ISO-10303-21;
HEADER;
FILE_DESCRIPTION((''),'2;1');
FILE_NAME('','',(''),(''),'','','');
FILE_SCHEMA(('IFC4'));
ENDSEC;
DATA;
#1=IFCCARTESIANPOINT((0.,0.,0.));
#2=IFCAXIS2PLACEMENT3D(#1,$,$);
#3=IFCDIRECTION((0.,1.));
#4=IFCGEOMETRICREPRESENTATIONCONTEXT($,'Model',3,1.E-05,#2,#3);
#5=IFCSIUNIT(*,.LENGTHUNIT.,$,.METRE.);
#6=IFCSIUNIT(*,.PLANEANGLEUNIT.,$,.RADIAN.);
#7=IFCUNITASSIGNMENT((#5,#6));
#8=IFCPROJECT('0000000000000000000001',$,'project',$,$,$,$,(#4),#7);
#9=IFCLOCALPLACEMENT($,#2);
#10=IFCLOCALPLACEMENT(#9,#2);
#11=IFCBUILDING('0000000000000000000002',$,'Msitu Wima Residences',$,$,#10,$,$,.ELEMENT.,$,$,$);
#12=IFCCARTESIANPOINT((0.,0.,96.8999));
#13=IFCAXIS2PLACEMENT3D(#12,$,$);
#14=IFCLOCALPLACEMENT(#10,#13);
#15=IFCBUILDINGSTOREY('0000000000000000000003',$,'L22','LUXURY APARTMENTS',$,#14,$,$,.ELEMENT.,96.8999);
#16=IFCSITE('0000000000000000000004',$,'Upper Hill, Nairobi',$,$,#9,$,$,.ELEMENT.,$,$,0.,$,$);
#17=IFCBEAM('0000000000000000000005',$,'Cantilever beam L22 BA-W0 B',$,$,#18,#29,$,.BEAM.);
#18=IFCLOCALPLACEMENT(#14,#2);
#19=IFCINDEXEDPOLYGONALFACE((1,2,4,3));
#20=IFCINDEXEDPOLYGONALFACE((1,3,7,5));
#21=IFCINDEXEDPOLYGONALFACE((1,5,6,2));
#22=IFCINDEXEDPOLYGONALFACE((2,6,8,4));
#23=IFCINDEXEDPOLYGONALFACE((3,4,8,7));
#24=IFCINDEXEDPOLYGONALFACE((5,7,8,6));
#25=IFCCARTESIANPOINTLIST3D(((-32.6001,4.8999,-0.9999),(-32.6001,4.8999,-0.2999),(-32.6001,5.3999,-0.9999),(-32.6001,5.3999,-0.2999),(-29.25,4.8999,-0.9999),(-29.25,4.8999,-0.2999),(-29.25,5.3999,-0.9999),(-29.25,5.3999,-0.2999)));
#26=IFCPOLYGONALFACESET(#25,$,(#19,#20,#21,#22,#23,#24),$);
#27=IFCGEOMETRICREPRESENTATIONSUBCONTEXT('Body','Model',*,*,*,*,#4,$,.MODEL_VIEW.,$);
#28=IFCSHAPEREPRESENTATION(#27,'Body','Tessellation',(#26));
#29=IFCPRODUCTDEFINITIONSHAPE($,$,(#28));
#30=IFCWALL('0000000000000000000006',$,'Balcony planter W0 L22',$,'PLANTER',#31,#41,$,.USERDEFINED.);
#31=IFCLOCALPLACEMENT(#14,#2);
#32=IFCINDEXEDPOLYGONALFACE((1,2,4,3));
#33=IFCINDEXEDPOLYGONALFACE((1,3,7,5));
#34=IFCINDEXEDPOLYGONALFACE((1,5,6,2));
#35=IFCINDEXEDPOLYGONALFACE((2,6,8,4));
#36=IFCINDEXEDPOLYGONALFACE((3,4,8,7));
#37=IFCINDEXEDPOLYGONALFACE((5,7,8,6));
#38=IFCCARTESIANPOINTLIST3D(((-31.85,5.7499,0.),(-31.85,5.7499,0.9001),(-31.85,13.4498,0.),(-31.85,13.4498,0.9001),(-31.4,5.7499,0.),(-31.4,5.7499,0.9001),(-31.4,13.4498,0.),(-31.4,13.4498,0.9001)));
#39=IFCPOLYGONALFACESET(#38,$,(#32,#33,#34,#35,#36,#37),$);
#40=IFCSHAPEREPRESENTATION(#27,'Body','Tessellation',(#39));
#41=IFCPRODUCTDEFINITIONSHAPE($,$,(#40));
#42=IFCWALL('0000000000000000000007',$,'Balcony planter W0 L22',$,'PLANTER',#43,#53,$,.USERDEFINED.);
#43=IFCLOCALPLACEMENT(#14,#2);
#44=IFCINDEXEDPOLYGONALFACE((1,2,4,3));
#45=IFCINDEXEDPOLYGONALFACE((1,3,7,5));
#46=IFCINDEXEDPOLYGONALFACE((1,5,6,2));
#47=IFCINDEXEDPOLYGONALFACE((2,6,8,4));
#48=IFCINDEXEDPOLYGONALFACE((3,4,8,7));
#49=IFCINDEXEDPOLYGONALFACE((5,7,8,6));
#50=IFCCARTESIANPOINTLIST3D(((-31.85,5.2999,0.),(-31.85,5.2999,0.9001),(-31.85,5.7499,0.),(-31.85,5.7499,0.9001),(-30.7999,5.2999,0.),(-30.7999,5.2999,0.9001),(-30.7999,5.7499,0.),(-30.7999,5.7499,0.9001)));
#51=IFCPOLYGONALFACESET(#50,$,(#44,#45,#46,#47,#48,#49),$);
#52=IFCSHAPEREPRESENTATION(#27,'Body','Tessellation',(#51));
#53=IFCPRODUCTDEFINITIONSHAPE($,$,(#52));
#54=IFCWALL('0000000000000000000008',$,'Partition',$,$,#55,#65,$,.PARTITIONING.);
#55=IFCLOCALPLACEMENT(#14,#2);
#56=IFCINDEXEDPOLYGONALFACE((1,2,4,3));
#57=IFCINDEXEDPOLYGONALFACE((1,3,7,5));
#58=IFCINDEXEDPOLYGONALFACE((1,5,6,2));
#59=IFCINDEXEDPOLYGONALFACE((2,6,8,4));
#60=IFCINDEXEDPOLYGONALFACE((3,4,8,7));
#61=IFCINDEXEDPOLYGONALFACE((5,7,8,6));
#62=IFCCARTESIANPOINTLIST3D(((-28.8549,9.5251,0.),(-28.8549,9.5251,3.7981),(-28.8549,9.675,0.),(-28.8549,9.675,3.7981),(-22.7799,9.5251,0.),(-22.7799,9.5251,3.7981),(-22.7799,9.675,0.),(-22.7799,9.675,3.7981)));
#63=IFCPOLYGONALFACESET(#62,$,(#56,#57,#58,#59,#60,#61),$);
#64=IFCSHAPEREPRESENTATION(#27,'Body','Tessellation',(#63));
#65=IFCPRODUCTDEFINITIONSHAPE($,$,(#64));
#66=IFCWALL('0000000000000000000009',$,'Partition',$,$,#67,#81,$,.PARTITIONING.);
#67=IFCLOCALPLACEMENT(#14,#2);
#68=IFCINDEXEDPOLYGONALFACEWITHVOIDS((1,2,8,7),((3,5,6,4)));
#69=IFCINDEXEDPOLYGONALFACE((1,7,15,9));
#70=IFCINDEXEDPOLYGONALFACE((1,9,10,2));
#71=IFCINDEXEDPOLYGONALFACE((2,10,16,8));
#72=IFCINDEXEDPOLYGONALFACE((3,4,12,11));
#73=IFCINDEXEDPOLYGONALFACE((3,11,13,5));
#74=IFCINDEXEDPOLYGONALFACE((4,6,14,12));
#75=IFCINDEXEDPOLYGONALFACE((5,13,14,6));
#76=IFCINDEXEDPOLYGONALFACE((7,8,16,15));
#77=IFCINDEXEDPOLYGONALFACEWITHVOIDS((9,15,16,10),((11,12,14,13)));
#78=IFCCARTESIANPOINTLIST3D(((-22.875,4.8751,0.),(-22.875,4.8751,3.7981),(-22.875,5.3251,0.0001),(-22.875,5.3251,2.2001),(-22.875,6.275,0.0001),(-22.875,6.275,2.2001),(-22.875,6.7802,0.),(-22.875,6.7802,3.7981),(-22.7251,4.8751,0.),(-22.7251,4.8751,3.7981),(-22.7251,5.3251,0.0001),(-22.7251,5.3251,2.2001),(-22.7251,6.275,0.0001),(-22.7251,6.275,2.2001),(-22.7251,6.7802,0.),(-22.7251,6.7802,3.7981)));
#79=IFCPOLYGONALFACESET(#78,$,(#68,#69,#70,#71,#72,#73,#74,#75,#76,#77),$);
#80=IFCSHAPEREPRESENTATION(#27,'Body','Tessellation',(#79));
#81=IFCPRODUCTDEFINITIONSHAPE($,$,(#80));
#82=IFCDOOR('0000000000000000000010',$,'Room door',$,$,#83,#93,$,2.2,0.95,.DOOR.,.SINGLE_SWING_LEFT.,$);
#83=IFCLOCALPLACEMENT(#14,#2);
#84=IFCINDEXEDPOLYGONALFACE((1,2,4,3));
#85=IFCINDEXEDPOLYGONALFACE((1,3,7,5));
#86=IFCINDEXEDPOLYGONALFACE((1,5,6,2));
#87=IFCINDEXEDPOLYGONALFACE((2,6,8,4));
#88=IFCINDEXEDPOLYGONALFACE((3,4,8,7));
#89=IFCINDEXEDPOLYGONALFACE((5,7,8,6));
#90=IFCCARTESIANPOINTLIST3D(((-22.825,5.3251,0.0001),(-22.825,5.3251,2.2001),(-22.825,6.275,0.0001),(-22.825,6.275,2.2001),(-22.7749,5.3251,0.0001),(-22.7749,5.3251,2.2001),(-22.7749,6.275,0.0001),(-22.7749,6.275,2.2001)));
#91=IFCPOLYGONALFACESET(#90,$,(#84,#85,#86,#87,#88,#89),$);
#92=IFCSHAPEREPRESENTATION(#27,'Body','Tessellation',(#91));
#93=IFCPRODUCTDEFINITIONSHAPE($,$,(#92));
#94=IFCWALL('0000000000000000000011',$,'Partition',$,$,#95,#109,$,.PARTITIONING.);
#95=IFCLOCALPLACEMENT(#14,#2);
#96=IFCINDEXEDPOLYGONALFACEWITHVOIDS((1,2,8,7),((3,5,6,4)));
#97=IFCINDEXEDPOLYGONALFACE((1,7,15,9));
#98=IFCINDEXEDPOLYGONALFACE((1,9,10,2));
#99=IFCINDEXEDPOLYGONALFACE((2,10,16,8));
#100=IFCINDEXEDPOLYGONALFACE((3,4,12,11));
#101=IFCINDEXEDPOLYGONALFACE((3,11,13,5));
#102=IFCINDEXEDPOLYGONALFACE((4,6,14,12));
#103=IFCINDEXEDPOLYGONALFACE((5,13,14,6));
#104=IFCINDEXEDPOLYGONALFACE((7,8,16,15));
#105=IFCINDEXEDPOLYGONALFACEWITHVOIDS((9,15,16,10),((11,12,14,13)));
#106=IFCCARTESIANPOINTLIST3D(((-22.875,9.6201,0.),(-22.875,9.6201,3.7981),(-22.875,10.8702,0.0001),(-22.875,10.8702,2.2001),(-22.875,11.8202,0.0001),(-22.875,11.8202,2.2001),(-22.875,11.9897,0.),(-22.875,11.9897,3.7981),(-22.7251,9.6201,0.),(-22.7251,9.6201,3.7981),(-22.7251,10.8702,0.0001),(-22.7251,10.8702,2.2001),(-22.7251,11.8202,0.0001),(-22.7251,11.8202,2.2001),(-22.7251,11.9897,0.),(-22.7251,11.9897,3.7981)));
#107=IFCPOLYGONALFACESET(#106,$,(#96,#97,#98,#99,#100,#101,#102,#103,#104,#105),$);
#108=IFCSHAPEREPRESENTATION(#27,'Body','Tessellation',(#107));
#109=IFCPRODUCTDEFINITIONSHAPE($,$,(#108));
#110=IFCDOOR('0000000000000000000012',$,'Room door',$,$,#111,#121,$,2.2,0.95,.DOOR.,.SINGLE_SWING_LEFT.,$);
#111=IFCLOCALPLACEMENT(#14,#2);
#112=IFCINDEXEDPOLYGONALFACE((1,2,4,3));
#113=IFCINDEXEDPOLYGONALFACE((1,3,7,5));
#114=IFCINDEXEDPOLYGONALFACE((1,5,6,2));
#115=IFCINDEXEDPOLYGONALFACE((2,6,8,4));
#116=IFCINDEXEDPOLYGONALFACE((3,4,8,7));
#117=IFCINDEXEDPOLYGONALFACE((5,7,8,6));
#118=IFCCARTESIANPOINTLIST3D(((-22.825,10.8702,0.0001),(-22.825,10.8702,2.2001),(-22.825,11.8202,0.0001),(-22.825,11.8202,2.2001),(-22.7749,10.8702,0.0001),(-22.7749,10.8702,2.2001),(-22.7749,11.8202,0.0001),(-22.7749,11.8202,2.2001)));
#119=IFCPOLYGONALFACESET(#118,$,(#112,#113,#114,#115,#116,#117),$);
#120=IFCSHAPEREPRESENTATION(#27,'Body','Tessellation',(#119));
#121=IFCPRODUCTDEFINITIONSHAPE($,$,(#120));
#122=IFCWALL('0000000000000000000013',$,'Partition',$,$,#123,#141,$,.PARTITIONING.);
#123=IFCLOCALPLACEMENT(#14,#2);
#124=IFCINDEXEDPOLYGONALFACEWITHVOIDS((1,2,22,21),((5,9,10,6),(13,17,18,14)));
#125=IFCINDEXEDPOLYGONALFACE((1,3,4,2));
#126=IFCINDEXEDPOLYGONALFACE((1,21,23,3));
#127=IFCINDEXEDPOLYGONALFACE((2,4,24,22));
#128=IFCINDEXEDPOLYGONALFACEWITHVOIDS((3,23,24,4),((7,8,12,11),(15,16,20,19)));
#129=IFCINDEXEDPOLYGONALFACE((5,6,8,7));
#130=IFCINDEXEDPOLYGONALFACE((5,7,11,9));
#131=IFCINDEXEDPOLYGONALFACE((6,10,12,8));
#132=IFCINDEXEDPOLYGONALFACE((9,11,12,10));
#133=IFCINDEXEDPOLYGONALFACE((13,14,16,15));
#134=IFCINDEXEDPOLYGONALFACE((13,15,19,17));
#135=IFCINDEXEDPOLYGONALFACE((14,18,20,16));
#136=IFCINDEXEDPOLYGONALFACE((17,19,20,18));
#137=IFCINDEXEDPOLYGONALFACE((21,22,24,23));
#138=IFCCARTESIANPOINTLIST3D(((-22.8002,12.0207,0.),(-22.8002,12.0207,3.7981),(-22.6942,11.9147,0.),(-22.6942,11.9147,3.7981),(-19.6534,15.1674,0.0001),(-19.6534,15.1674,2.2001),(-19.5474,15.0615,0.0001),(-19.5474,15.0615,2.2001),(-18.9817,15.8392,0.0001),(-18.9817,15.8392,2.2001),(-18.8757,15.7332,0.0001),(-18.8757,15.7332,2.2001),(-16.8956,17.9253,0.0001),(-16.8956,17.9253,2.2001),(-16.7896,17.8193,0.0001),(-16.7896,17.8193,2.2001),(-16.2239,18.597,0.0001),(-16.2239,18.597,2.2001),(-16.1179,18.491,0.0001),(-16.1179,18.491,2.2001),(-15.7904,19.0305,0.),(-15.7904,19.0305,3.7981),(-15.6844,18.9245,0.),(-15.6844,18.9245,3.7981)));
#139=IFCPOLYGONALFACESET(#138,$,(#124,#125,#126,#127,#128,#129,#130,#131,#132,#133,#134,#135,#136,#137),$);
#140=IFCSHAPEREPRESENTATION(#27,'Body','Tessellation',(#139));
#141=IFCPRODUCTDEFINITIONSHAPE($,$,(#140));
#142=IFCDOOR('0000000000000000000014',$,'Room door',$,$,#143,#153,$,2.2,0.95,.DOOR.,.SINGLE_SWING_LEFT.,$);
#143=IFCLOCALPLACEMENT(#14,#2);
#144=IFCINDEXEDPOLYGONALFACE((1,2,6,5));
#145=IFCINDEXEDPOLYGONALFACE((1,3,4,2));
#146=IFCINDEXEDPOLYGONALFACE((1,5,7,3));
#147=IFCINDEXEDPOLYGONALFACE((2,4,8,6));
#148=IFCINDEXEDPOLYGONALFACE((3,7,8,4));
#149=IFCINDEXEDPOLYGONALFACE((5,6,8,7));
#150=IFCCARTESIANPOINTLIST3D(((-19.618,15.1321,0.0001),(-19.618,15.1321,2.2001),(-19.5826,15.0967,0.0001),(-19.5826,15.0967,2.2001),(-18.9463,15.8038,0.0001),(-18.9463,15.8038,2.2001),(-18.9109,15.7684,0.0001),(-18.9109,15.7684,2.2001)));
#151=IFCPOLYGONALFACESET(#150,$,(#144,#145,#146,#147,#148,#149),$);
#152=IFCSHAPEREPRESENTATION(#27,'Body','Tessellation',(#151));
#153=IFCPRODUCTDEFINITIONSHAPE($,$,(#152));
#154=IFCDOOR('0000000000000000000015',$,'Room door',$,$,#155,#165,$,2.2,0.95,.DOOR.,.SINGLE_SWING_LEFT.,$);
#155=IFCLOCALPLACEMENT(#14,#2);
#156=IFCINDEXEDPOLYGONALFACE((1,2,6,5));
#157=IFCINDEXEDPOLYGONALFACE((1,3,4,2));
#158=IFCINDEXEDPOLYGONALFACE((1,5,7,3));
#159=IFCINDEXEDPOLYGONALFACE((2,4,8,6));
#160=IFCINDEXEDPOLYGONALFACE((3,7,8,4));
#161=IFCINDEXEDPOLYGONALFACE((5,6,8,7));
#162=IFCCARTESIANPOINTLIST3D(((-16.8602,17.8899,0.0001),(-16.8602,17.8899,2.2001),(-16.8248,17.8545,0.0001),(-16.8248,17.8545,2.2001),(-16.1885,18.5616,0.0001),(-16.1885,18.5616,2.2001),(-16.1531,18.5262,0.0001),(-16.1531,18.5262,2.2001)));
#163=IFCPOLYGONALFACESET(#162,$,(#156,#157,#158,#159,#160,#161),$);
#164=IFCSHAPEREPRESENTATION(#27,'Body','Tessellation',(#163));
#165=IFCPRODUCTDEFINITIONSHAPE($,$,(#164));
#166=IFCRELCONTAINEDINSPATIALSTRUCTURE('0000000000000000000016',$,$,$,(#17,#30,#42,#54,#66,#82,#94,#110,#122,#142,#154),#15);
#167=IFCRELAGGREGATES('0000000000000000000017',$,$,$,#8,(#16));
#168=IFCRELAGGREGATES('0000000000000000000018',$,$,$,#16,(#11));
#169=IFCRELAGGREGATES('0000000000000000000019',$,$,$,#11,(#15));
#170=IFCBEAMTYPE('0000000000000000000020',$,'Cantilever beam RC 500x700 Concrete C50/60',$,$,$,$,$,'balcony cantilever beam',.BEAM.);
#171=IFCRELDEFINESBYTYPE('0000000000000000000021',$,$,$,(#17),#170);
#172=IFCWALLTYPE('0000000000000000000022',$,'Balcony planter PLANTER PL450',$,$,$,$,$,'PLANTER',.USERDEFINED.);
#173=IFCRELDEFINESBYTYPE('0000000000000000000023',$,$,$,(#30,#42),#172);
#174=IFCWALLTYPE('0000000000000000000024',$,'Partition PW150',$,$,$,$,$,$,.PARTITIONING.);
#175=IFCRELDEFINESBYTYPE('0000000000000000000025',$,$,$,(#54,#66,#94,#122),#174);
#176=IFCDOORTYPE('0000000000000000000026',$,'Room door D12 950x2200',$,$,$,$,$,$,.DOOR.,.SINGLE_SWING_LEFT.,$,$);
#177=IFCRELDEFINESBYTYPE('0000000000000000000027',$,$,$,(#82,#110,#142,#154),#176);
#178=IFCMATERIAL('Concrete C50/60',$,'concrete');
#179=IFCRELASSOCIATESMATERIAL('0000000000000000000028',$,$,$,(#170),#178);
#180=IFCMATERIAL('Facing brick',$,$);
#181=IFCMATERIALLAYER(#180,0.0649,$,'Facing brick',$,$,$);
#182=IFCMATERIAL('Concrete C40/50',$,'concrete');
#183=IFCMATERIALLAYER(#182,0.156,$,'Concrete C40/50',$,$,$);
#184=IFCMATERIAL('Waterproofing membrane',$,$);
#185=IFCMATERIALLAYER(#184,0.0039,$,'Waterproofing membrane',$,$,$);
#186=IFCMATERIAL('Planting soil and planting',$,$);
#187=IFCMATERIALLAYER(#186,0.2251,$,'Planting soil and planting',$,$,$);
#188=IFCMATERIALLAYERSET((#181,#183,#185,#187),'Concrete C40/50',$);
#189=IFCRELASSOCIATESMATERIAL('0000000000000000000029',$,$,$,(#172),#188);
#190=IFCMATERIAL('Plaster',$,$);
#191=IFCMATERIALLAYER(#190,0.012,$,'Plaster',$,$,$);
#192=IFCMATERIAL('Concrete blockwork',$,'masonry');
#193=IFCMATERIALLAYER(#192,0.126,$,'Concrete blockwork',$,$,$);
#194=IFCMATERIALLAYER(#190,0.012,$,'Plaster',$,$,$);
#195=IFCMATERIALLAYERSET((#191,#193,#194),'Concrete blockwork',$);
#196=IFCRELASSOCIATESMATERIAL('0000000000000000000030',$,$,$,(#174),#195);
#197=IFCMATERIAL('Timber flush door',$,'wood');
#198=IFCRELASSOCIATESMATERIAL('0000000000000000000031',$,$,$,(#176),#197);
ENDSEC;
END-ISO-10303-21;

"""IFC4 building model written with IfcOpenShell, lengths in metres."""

from ifc_helpers import new_model, si_unit, direction, frame, frame_2d, origin, origin_2d, place, context, subcontext, project, spatial, rectangle, extrude, material, layer, layer_set, material_profile, profile_set, type_object, element, fill, save


model = new_model("IFC4")

# Units and contexts
model_context = context("Model", 3, precision=1e-05, world=origin(), true_north=direction((0.0, 1.0)))
body_context = subcontext(model_context, "Body", "Model", "MODEL_VIEW")
ifc_project = project(units=[si_unit("LENGTHUNIT", "METRE"), si_unit("PLANEANGLEUNIT", "RADIAN")], contexts=[model_context])

# Site, building, storey
site_placement = place(None, origin())
site = spatial("IfcSite", under=ifc_project, at=site_placement, Name="Upper Hill, Nairobi", CompositionType="ELEMENT", RefElevation=0.0)
building_placement = place(site_placement, origin())
building = spatial("IfcBuilding", under=site, at=building_placement, Name="Msitu Wima Residences", CompositionType="ELEMENT")
storey_placement = place(building_placement, frame((0.0, 0.0, 96.8999)))
storey = spatial("IfcBuildingStorey", under=building, at=storey_placement, Name="L22", Description="LUXURY APARTMENTS", CompositionType="ELEMENT", Elevation=96.8999)

# Beam
ifc_material_1 = material(Name="Concrete C50/60", Category="concrete")
ifc_material_profile = material_profile(ifc_material_1, rectangle(XDim=0.5, YDim=0.7, at=origin_2d()), Name="RC 500x700")
ifc_profile_set = profile_set([ifc_material_profile], Name="Concrete C50/60")
beam_type = type_object("IfcBeamType", Name="Cantilever beam RC 500x700 Concrete C50/60", ElementType="balcony cantilever beam", PredefinedType="BEAM", material=ifc_profile_set)
beam_placement = place(storey_placement, frame((-29.25, 5.1499, -0.6499), z_axis=(-1.0, 0.0, 0.0), x_axis=(0.0, -1.0, 0.0)))
element("IfcBeam", 1, at=beam_placement, inside=storey, type_object=beam_type, Name="Cantilever beam L22 BA-W0 B", PredefinedType="BEAM", context=body_context, shape_type="SweptSolid", body=[
    extrude(rectangle(XDim=0.5, YDim=0.7, at=origin_2d()), origin(), (0.0, 0.0, 1.0), 3.3501),
])

# Walls
ifc_material_2 = material(Name="Facing brick")
ifc_layer_1 = layer(ifc_material_2, 0.0649, Name="Facing brick")
ifc_material_3 = material(Name="Concrete C40/50", Category="concrete")
ifc_layer_2 = layer(ifc_material_3, 0.156, Name="Concrete C40/50")
ifc_material_4 = material(Name="Waterproofing membrane")
ifc_layer_3 = layer(ifc_material_4, 0.0039, Name="Waterproofing membrane")
ifc_material_5 = material(Name="Planting soil and planting")
ifc_layer_4 = layer(ifc_material_5, 0.2251, Name="Planting soil and planting")
ifc_layer_set_1 = layer_set([ifc_layer_1, ifc_layer_2, ifc_layer_3, ifc_layer_4], Name="Concrete C40/50")
wall_type_1 = type_object("IfcWallType", Name="Balcony planter PLANTER PL450", ElementType="PLANTER", PredefinedType="USERDEFINED", material=ifc_layer_set_1)
wall_1_placement = place(storey_placement, frame((-31.625, 13.45, 0.0), z_axis=(0.0, 0.0, 1.0), x_axis=(0.0, -1.0, 0.0)))
element("IfcWall", 2, at=wall_1_placement, inside=storey, type_object=wall_type_1, Name="Balcony planter W0 L22", ObjectType="PLANTER", PredefinedType="USERDEFINED", context=body_context, shape_type="SweptSolid", body=[
    extrude(rectangle(XDim=7.7, YDim=0.45, at=frame_2d((3.8501, 0.0))), origin(), (0.0, 0.0, 1.0), 0.9001),
])
wall_2_placement = place(storey_placement, frame((-30.8, 5.5249, 0.0), z_axis=(0.0, 0.0, 1.0), x_axis=(-1.0, 0.0, 0.0)))
element("IfcWall", 3, at=wall_2_placement, inside=storey, type_object=wall_type_1, Name="Balcony planter W0 L22", ObjectType="PLANTER", PredefinedType="USERDEFINED", context=body_context, shape_type="SweptSolid", body=[
    extrude(rectangle(XDim=1.05, YDim=0.45, at=frame_2d((0.5249, 0.0))), origin(), (0.0, 0.0, 1.0), 0.9001),
])
ifc_material_6 = material(Name="Plaster")
ifc_layer_5 = layer(ifc_material_6, 0.012, Name="Plaster")
ifc_material_7 = material(Name="Concrete blockwork", Category="masonry")
ifc_layer_6 = layer(ifc_material_7, 0.126, Name="Concrete blockwork")
ifc_layer_7 = layer(ifc_material_6, 0.012, Name="Plaster")
ifc_layer_set_2 = layer_set([ifc_layer_5, ifc_layer_6, ifc_layer_7], Name="Concrete blockwork")
wall_type_2 = type_object("IfcWallType", Name="Partition PW150", PredefinedType="PARTITIONING", material=ifc_layer_set_2)
wall_3_placement = place(storey_placement, frame((-28.855, 9.6001, 0.0), z_axis=(0.0, 0.0, 1.0), x_axis=(1.0, 0.0, 0.0)))
element("IfcWall", 4, at=wall_3_placement, inside=storey, type_object=wall_type_2, Name="Partition", PredefinedType="PARTITIONING", context=body_context, shape_type="SweptSolid", body=[
    extrude(rectangle(XDim=6.075, YDim=0.1499, at=frame_2d((3.0376, 0.0))), origin(), (0.0, 0.0, 1.0), 3.7981),
])

# Walls, openings, doors
wall_4_placement = place(storey_placement, frame((-22.8, 4.875, 0.0), z_axis=(0.0, 0.0, 1.0), x_axis=(0.0, 1.0, 0.0)))
wall_4 = element("IfcWall", 5, at=wall_4_placement, inside=storey, type_object=wall_type_2, Name="Partition", PredefinedType="PARTITIONING", context=body_context, shape_type="SweptSolid", body=[
    extrude(rectangle(XDim=1.905, YDim=0.1499, at=frame_2d((0.9526, 0.0))), origin(), (0.0, 0.0, 1.0), 3.7981),
])
opening_1_placement = place(wall_4_placement, frame((0.45, 0.0, 0.0)))
opening_1 = element("IfcOpeningElement", 6, at=opening_1_placement, cuts=wall_4, PredefinedType="OPENING", context=body_context, shape_type="SweptSolid", body=[
    extrude(rectangle(XDim=0.95, YDim=2.2, at=frame_2d((0.4751, 1.1001))), frame((0.0, 0.085, 0.0), z_axis=(0.0, -1.0, 0.0), x_axis=(1.0, 0.0, 0.0)), (0.0, 0.0, 1.0), 0.1699),
])
ifc_material_8 = material(Name="Timber flush door", Category="wood")
door_type_1 = type_object("IfcDoorType", Name="Room door D12 950x2200", OperationType="SINGLE_SWING_LEFT", PredefinedType="DOOR", material=ifc_material_8)
door_1_placement = place(opening_1_placement, origin())
door_1 = element("IfcDoor", 7, at=door_1_placement, inside=storey, type_object=door_type_1, Name="Room door", OperationType="SINGLE_SWING_LEFT", OverallHeight=2.2, OverallWidth=0.95, PredefinedType="DOOR", context=body_context, shape_type="SweptSolid", body=[
    extrude(rectangle(XDim=0.95, YDim=2.2, at=frame_2d((0.4751, 1.1001))), frame((0.0, 0.0249, 0.0), z_axis=(0.0, -1.0, 0.0), x_axis=(1.0, 0.0, 0.0)), (0.0, 0.0, 1.0), 0.05),
])
fill(opening_1, door_1)
wall_5_placement = place(storey_placement, frame((-22.8, 9.6201, 0.0), z_axis=(0.0, 0.0, 1.0), x_axis=(0.0, 1.0, 0.0)))
wall_5 = element("IfcWall", 8, at=wall_5_placement, inside=storey, type_object=wall_type_2, Name="Partition", PredefinedType="PARTITIONING", context=body_context, shape_type="SweptSolid", body=[
    extrude(rectangle(XDim=2.3696, YDim=0.1499, at=frame_2d((1.1848, 0.0))), origin(), (0.0, 0.0, 1.0), 3.7981),
])
opening_2_placement = place(wall_5_placement, frame((1.25, 0.0, 0.0)))
opening_2 = element("IfcOpeningElement", 9, at=opening_2_placement, cuts=wall_5, PredefinedType="OPENING", context=body_context, shape_type="SweptSolid", body=[
    extrude(rectangle(XDim=0.95, YDim=2.2, at=frame_2d((0.4751, 1.1001))), frame((0.0, 0.085, 0.0), z_axis=(0.0, -1.0, 0.0), x_axis=(1.0, 0.0, 0.0)), (0.0, 0.0, 1.0), 0.1699),
])
door_2_placement = place(opening_2_placement, origin())
door_2 = element("IfcDoor", 10, at=door_2_placement, inside=storey, type_object=door_type_1, Name="Room door", OperationType="SINGLE_SWING_LEFT", OverallHeight=2.2, OverallWidth=0.95, PredefinedType="DOOR", context=body_context, shape_type="SweptSolid", body=[
    extrude(rectangle(XDim=0.95, YDim=2.2, at=frame_2d((0.4751, 1.1001))), frame((0.0, 0.0249, 0.0), z_axis=(0.0, -1.0, 0.0), x_axis=(1.0, 0.0, 0.0)), (0.0, 0.0, 1.0), 0.05),
])
fill(opening_2, door_2)

# Wall, openings, doors
wall_6_placement = place(storey_placement, frame((-22.7471, 11.9678, 0.0), z_axis=(0.0, 0.0, 1.0), x_axis=(0.707107, 0.707107, 0.0)))
wall_6 = element("IfcWall", 11, at=wall_6_placement, inside=storey, type_object=wall_type_2, Name="Partition", PredefinedType="PARTITIONING", context=body_context, shape_type="SweptSolid", body=[
    extrude(rectangle(XDim=9.9133, YDim=0.1499, at=frame_2d((4.9565, 0.0))), origin(), (0.0, 0.0, 1.0), 3.7981),
])
opening_3_placement = place(wall_6_placement, frame((4.45, 0.0, 0.0)))
opening_3 = element("IfcOpeningElement", 12, at=opening_3_placement, cuts=wall_6, PredefinedType="OPENING", context=body_context, shape_type="SweptSolid", body=[
    extrude(rectangle(XDim=0.95, YDim=2.2, at=frame_2d((0.4751, 1.1001))), frame((0.0, 0.085, 0.0), z_axis=(0.0, -1.0, 0.0), x_axis=(1.0, 0.0, 0.0)), (0.0, 0.0, 1.0), 0.1699),
])
opening_4_placement = place(wall_6_placement, frame((8.3501, 0.0, 0.0)))
opening_4 = element("IfcOpeningElement", 13, at=opening_4_placement, cuts=wall_6, PredefinedType="OPENING", context=body_context, shape_type="SweptSolid", body=[
    extrude(rectangle(XDim=0.95, YDim=2.2, at=frame_2d((0.4751, 1.1001))), frame((0.0, 0.085, 0.0), z_axis=(0.0, -1.0, 0.0), x_axis=(1.0, 0.0, 0.0)), (0.0, 0.0, 1.0), 0.1699),
])
door_3_placement = place(opening_3_placement, origin())
door_3 = element("IfcDoor", 14, at=door_3_placement, inside=storey, type_object=door_type_1, Name="Room door", OperationType="SINGLE_SWING_LEFT", OverallHeight=2.2, OverallWidth=0.95, PredefinedType="DOOR", context=body_context, shape_type="SweptSolid", body=[
    extrude(rectangle(XDim=0.95, YDim=2.2, at=frame_2d((0.4751, 1.1001))), frame((0.0, 0.0249, 0.0), z_axis=(0.0, -1.0, 0.0), x_axis=(1.0, 0.0, 0.0)), (0.0, 0.0, 1.0), 0.05),
])
fill(opening_3, door_3)
door_4_placement = place(opening_4_placement, origin())
door_4 = element("IfcDoor", 15, at=door_4_placement, inside=storey, type_object=door_type_1, Name="Room door", OperationType="SINGLE_SWING_LEFT", OverallHeight=2.2, OverallWidth=0.95, PredefinedType="DOOR", context=body_context, shape_type="SweptSolid", body=[
    extrude(rectangle(XDim=0.95, YDim=2.2, at=frame_2d((0.4751, 1.1001))), frame((0.0, 0.0249, 0.0), z_axis=(0.0, -1.0, 0.0), x_axis=(1.0, 0.0, 0.0)), (0.0, 0.0, 1.0), 0.05),
])
fill(opening_4, door_4)

save(model, "model.ifc")
